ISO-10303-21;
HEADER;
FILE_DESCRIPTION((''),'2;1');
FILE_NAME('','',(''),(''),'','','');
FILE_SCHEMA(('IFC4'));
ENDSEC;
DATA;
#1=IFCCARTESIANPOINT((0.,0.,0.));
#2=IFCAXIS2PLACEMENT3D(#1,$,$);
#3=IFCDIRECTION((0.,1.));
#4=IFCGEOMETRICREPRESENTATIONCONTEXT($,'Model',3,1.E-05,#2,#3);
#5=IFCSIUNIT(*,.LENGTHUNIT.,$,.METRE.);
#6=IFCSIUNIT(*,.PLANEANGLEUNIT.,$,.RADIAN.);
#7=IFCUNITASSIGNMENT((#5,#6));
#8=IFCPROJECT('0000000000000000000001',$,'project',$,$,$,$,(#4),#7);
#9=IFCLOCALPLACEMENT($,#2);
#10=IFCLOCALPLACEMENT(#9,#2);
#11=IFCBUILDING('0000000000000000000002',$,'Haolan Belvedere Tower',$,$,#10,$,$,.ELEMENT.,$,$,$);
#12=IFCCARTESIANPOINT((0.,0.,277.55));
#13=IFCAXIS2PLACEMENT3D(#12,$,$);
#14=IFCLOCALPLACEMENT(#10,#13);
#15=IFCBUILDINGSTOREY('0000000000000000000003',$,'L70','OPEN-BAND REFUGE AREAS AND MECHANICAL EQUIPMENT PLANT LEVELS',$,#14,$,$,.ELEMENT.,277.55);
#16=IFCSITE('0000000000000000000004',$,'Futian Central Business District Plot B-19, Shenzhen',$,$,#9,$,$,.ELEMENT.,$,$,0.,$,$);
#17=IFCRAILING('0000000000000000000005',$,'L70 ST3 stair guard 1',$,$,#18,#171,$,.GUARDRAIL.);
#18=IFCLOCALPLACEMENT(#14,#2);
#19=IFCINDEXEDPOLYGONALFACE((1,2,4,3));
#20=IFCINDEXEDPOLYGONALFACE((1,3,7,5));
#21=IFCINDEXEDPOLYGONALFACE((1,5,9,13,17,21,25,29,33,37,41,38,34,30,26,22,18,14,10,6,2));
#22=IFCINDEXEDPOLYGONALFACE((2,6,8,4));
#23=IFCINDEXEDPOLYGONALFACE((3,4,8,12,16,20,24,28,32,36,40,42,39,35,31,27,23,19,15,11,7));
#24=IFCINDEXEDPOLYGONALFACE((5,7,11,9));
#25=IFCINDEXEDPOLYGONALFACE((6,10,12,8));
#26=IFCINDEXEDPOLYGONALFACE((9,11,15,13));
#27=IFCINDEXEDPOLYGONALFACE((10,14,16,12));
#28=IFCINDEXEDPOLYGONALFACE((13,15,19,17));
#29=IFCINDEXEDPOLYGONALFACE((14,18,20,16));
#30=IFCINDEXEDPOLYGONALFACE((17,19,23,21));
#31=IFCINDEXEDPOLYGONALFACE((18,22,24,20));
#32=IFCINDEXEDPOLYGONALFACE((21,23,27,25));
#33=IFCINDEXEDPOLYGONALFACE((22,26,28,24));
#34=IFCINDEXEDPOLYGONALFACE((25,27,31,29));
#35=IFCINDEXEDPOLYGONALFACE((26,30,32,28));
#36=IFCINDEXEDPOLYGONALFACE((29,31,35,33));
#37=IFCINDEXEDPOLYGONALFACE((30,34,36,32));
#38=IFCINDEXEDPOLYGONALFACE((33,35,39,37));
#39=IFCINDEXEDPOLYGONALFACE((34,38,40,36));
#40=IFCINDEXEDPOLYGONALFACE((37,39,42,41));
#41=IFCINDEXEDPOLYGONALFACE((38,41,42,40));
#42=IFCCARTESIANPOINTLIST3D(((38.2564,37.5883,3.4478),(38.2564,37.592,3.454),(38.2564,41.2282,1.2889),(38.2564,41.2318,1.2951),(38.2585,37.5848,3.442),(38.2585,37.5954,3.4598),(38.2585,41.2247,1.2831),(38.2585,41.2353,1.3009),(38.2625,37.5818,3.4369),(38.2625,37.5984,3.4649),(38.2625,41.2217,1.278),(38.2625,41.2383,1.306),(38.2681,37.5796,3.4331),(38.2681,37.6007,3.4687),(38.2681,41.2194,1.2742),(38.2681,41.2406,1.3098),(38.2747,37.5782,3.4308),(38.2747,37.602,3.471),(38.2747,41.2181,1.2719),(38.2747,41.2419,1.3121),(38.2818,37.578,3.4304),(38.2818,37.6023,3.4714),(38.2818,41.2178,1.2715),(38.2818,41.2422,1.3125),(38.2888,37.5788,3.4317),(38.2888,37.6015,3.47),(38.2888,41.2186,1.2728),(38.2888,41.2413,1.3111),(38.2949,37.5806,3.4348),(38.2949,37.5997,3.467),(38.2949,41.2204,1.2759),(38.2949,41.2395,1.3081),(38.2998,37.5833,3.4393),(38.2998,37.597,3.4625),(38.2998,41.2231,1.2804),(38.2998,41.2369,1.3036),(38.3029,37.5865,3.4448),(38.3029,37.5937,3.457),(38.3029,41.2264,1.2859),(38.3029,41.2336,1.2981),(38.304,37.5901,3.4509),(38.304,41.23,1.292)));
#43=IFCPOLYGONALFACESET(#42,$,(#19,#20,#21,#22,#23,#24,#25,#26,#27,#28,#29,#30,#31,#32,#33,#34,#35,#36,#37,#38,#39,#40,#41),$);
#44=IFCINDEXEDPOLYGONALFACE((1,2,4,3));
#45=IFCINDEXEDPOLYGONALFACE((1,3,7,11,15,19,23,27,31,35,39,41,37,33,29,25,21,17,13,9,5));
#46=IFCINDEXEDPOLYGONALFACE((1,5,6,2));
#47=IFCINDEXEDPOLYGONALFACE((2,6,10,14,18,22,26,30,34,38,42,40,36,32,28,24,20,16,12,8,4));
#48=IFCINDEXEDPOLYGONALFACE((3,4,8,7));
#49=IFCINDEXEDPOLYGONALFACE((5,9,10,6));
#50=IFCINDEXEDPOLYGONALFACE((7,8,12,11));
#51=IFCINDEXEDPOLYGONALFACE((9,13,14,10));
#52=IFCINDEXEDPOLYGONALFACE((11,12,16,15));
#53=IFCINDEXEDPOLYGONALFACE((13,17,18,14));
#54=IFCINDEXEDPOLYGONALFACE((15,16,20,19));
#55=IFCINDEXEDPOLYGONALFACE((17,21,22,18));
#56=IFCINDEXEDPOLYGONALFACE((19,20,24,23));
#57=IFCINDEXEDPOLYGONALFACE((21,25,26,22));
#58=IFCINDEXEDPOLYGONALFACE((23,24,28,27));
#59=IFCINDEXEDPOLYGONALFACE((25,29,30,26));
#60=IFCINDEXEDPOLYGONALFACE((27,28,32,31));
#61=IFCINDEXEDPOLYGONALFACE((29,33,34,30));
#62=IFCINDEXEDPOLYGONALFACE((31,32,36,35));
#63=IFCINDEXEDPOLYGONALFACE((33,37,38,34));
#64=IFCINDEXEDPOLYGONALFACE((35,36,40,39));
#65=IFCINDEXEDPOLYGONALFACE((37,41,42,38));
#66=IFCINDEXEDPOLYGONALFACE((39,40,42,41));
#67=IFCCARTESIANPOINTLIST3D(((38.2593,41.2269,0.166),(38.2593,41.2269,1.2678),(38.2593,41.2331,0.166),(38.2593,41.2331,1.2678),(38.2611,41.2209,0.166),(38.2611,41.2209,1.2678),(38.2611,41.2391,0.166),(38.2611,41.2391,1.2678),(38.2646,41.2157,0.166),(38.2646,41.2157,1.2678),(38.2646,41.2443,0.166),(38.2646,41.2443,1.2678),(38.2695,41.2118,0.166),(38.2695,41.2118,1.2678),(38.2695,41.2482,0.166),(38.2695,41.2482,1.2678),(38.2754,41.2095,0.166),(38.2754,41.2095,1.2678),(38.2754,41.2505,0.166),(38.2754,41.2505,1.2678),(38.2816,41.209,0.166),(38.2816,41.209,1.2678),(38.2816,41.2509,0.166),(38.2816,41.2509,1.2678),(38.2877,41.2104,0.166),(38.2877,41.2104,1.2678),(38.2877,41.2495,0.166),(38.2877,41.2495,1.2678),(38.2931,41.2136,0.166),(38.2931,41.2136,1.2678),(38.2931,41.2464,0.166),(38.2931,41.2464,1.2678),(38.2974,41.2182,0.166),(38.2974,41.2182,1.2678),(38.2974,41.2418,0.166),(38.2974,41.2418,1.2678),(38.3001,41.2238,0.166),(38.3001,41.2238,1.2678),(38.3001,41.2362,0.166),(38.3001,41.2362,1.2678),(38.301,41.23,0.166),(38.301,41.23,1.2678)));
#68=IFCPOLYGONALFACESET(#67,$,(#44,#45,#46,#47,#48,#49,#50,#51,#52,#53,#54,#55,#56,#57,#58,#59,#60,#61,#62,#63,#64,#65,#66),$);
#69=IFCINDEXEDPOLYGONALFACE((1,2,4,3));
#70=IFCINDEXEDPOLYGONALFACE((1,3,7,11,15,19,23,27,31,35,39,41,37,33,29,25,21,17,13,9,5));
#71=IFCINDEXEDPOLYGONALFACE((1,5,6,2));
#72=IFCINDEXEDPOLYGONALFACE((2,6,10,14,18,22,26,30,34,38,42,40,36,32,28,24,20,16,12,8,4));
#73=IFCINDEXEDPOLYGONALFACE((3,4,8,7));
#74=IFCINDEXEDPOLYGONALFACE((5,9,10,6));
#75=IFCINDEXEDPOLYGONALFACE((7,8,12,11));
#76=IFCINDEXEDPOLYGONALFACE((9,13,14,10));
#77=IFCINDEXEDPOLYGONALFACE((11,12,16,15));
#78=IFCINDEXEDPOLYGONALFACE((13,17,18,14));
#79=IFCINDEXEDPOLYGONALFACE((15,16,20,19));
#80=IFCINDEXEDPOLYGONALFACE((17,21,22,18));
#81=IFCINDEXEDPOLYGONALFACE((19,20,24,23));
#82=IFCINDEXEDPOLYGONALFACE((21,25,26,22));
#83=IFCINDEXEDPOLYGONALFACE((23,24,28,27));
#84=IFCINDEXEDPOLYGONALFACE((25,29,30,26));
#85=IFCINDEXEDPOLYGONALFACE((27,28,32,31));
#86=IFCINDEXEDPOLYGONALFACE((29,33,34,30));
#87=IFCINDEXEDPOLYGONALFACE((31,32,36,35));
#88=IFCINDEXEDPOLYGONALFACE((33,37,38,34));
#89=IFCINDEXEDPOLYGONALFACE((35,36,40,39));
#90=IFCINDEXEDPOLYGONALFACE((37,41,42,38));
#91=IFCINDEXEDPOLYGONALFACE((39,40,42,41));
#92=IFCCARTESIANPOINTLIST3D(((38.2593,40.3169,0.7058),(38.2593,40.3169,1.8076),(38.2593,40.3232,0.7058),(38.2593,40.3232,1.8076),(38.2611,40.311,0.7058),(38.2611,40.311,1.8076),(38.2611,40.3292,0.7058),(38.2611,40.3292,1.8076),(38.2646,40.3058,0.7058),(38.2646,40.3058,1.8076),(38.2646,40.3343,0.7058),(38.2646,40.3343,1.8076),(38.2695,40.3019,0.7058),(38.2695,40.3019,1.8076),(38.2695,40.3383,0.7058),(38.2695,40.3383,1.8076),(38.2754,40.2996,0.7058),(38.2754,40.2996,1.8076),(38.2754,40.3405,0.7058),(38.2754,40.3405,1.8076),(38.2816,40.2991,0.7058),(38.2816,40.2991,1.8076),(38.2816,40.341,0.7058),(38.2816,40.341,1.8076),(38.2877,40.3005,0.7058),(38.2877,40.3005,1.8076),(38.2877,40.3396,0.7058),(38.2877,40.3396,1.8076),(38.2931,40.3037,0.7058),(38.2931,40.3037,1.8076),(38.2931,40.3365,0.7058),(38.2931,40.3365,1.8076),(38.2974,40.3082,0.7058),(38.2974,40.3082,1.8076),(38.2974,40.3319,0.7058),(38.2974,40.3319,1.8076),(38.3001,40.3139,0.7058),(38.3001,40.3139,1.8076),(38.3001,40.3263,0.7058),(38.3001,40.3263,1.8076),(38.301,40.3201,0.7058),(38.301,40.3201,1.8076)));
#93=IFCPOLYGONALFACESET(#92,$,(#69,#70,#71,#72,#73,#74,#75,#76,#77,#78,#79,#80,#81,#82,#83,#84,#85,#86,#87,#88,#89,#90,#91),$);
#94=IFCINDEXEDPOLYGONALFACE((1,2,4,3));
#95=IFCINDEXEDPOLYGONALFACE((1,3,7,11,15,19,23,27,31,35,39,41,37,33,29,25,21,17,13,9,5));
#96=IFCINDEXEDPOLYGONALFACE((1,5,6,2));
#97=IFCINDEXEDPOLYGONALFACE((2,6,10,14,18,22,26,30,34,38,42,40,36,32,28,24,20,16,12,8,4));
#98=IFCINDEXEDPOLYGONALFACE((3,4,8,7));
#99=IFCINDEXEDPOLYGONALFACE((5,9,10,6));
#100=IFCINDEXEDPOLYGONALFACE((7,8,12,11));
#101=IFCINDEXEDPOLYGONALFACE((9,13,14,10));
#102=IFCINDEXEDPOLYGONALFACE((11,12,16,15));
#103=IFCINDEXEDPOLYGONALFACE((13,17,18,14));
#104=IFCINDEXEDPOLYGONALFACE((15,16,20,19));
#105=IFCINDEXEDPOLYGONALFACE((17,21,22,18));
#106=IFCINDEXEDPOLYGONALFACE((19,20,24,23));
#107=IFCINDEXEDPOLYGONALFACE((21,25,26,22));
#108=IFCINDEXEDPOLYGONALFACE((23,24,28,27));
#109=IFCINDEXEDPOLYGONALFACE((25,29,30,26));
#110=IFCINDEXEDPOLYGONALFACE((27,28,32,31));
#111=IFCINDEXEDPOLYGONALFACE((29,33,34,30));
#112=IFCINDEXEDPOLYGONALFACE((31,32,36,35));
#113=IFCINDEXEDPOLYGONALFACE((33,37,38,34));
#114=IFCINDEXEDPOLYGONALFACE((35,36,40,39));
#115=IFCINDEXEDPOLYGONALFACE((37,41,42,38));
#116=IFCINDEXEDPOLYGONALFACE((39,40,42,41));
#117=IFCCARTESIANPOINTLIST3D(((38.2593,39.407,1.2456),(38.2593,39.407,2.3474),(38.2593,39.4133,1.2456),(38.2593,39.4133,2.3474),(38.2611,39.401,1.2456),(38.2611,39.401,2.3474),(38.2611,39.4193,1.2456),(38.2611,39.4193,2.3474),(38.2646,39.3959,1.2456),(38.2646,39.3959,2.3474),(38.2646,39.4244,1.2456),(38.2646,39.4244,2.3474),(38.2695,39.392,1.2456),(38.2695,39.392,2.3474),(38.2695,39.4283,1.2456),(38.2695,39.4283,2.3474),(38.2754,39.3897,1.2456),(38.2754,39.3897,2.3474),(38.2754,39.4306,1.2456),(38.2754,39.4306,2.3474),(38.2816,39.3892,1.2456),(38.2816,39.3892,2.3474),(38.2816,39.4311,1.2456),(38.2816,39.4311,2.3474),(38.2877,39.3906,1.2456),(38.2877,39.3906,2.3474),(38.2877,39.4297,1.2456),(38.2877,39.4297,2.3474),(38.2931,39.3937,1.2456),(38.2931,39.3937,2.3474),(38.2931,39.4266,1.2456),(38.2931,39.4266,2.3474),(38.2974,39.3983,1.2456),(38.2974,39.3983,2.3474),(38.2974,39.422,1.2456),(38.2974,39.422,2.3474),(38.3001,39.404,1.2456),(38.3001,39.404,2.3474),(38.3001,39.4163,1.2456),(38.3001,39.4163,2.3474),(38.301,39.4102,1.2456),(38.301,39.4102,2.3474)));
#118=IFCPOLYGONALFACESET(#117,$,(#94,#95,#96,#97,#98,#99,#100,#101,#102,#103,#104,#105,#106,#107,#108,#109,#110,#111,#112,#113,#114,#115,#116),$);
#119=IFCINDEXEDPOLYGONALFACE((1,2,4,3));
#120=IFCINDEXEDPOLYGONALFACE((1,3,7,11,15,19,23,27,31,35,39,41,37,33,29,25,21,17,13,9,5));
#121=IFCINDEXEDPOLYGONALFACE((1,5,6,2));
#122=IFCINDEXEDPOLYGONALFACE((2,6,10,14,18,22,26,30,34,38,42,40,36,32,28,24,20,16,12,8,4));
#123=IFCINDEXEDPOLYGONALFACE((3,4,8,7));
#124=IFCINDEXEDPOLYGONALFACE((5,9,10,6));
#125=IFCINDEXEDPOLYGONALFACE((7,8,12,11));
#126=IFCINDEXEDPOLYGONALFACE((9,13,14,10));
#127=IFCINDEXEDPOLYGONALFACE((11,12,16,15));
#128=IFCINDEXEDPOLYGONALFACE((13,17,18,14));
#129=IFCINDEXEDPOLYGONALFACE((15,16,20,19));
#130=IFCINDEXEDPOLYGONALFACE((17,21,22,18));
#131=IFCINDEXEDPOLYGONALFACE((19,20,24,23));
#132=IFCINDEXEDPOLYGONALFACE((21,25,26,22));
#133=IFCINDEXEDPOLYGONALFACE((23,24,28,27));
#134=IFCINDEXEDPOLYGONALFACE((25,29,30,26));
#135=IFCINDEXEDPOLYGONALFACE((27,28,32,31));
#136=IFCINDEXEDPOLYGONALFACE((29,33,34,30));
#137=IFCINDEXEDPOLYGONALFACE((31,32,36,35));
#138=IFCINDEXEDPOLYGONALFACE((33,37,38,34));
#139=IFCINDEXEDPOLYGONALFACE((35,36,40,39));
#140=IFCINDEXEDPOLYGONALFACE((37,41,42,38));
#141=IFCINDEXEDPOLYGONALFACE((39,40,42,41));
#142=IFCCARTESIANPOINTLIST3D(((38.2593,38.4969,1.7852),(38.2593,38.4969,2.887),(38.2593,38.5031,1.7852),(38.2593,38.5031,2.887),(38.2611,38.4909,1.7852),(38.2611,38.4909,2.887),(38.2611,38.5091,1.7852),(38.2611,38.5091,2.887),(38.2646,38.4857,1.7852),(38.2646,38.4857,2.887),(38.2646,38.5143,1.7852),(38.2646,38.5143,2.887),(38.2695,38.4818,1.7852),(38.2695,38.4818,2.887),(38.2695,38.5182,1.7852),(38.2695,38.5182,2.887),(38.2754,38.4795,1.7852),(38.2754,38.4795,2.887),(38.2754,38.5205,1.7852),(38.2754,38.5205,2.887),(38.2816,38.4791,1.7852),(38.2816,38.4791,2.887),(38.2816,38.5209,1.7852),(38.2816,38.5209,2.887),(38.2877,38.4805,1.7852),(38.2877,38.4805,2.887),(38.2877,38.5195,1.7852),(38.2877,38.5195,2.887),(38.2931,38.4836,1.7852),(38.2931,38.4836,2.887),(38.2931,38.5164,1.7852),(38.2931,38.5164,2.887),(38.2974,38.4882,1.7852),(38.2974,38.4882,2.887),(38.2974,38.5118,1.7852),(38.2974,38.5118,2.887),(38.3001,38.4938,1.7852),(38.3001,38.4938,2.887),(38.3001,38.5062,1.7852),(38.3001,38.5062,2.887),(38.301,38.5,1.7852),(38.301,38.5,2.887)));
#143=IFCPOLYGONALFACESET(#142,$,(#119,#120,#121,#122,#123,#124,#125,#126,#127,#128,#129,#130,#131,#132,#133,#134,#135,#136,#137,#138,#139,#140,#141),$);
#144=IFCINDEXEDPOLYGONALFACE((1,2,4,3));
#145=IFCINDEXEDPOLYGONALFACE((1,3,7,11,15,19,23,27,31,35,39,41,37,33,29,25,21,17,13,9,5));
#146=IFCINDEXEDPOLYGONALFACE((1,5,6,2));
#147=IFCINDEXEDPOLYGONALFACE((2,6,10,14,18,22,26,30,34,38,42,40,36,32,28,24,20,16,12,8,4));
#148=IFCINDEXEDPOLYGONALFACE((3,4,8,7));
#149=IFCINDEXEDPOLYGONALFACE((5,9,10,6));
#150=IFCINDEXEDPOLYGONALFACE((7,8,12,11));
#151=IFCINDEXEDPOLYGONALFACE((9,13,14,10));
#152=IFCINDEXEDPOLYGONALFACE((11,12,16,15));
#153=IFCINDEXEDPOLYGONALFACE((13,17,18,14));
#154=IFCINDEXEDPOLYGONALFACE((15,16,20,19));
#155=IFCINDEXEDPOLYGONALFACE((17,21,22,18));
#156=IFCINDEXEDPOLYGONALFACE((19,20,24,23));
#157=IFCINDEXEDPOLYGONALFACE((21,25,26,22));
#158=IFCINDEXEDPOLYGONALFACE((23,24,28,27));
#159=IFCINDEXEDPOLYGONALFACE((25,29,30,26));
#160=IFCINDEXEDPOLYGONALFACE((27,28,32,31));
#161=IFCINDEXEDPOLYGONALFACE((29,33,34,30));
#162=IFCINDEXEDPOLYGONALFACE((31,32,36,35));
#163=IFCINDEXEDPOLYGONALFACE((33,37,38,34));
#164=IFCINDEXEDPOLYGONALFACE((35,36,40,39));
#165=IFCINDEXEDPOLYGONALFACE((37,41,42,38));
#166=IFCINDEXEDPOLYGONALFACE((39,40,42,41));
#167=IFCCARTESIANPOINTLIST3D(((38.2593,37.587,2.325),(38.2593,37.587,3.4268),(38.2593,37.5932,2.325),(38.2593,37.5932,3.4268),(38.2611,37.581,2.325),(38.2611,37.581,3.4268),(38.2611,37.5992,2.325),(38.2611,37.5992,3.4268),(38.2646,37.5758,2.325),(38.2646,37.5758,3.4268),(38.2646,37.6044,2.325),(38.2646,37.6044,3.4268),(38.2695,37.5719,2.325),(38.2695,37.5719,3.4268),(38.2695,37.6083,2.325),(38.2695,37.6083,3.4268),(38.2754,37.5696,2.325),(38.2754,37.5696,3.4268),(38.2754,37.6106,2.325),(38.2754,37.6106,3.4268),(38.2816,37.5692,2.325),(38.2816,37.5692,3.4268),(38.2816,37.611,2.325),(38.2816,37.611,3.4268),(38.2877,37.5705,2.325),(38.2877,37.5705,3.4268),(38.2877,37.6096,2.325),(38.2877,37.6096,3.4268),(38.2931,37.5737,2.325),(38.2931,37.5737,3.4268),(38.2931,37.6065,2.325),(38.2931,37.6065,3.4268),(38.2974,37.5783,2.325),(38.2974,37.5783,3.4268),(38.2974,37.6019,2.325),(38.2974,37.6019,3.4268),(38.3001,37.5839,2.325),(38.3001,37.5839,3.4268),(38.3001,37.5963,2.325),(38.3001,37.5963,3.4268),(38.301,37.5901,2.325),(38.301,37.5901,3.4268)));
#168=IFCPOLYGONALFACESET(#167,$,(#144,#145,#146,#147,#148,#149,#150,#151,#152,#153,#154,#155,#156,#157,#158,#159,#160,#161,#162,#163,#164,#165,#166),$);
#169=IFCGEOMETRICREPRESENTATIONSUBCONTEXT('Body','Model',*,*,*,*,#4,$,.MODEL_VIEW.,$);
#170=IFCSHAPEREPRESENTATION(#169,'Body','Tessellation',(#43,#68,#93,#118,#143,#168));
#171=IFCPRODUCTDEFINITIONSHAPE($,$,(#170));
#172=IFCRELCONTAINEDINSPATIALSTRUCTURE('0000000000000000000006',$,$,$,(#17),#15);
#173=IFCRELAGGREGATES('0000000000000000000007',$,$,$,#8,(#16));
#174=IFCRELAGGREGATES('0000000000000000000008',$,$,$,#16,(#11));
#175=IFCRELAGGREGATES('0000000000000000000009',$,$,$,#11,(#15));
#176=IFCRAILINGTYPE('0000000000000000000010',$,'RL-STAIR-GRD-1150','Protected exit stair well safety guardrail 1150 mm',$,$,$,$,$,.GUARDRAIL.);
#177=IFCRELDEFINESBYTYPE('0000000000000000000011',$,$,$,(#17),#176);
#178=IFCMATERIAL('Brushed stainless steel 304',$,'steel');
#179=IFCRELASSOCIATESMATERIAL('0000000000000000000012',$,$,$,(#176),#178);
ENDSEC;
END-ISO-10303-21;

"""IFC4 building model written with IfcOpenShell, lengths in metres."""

from ifc_helpers import new_model, si_unit, direction, frame, origin, origin_2d, place, context, subcontext, project, spatial, circle, extrude, material, type_object, element, save


model = new_model("IFC4")

# Units and contexts
model_context = context("Model", 3, precision=1e-05, world=origin(), true_north=direction((0.0, 1.0)))
body_context = subcontext(model_context, "Body", "Model", "MODEL_VIEW")
ifc_project = project(units=[si_unit("LENGTHUNIT", "METRE"), si_unit("PLANEANGLEUNIT", "RADIAN")], contexts=[model_context])

# Site, building, storey
site_placement = place(None, origin())
site = spatial("IfcSite", under=ifc_project, at=site_placement, Name="Futian Central Business District Plot B-19, Shenzhen", CompositionType="ELEMENT", RefElevation=0.0)
building_placement = place(site_placement, origin())
building = spatial("IfcBuilding", under=site, at=building_placement, Name="Haolan Belvedere Tower", CompositionType="ELEMENT")
storey_placement = place(building_placement, frame((0.0, 0.0, 277.55)))
storey = spatial("IfcBuildingStorey", under=building, at=storey_placement, Name="L70", Description="OPEN-BAND REFUGE AREAS AND MECHANICAL EQUIPMENT PLANT LEVELS", CompositionType="ELEMENT", Elevation=277.55)

# Railing
ifc_material_1 = material(Name="Brushed stainless steel 304", Category="steel")
railing_type_1 = type_object("IfcRailingType", Name="RL-STAIR-GRD-1150", Description="Protected exit stair well safety guardrail 1150 mm", PredefinedType="GUARDRAIL", material=ifc_material_1)
railing_1_placement = place(storey_placement, frame((38.28, 41.23, 0.166)))
element("IfcRailing", 1, at=railing_1_placement, inside=storey, type_object=railing_type_1, Name="L70 ST3 stair guard 1", PredefinedType="GUARDRAIL", context=body_context, shape_type="SweptSolid", body=[
    extrude(circle(Radius=0.0239, at=origin_2d()), frame((0.0, 0.0, 1.126), z_axis=(0.0, -0.860088, 0.510145), x_axis=(1.0, 0.0, 0.0)), (0.0, 0.0, 1.0), 4.2319),
    extrude(circle(Radius=0.021, at=origin_2d()), origin(), (0.0, 0.0, 1.0), 1.1018),
    extrude(circle(Radius=0.021, at=origin_2d()), frame((0.0, -0.9099, 0.5398)), (0.0, 0.0, 1.0), 1.1018),
    extrude(circle(Radius=0.021, at=origin_2d()), frame((0.0, -1.8198, 1.0796)), (0.0, 0.0, 1.0), 1.1018),
    extrude(circle(Radius=0.021, at=origin_2d()), frame((0.0, -2.73, 1.6191)), (0.0, 0.0, 1.0), 1.1018),
    extrude(circle(Radius=0.021, at=origin_2d()), frame((0.0, -3.6399, 2.1589)), (0.0, 0.0, 1.0), 1.1018),
])

save(model, "model.ifc")
